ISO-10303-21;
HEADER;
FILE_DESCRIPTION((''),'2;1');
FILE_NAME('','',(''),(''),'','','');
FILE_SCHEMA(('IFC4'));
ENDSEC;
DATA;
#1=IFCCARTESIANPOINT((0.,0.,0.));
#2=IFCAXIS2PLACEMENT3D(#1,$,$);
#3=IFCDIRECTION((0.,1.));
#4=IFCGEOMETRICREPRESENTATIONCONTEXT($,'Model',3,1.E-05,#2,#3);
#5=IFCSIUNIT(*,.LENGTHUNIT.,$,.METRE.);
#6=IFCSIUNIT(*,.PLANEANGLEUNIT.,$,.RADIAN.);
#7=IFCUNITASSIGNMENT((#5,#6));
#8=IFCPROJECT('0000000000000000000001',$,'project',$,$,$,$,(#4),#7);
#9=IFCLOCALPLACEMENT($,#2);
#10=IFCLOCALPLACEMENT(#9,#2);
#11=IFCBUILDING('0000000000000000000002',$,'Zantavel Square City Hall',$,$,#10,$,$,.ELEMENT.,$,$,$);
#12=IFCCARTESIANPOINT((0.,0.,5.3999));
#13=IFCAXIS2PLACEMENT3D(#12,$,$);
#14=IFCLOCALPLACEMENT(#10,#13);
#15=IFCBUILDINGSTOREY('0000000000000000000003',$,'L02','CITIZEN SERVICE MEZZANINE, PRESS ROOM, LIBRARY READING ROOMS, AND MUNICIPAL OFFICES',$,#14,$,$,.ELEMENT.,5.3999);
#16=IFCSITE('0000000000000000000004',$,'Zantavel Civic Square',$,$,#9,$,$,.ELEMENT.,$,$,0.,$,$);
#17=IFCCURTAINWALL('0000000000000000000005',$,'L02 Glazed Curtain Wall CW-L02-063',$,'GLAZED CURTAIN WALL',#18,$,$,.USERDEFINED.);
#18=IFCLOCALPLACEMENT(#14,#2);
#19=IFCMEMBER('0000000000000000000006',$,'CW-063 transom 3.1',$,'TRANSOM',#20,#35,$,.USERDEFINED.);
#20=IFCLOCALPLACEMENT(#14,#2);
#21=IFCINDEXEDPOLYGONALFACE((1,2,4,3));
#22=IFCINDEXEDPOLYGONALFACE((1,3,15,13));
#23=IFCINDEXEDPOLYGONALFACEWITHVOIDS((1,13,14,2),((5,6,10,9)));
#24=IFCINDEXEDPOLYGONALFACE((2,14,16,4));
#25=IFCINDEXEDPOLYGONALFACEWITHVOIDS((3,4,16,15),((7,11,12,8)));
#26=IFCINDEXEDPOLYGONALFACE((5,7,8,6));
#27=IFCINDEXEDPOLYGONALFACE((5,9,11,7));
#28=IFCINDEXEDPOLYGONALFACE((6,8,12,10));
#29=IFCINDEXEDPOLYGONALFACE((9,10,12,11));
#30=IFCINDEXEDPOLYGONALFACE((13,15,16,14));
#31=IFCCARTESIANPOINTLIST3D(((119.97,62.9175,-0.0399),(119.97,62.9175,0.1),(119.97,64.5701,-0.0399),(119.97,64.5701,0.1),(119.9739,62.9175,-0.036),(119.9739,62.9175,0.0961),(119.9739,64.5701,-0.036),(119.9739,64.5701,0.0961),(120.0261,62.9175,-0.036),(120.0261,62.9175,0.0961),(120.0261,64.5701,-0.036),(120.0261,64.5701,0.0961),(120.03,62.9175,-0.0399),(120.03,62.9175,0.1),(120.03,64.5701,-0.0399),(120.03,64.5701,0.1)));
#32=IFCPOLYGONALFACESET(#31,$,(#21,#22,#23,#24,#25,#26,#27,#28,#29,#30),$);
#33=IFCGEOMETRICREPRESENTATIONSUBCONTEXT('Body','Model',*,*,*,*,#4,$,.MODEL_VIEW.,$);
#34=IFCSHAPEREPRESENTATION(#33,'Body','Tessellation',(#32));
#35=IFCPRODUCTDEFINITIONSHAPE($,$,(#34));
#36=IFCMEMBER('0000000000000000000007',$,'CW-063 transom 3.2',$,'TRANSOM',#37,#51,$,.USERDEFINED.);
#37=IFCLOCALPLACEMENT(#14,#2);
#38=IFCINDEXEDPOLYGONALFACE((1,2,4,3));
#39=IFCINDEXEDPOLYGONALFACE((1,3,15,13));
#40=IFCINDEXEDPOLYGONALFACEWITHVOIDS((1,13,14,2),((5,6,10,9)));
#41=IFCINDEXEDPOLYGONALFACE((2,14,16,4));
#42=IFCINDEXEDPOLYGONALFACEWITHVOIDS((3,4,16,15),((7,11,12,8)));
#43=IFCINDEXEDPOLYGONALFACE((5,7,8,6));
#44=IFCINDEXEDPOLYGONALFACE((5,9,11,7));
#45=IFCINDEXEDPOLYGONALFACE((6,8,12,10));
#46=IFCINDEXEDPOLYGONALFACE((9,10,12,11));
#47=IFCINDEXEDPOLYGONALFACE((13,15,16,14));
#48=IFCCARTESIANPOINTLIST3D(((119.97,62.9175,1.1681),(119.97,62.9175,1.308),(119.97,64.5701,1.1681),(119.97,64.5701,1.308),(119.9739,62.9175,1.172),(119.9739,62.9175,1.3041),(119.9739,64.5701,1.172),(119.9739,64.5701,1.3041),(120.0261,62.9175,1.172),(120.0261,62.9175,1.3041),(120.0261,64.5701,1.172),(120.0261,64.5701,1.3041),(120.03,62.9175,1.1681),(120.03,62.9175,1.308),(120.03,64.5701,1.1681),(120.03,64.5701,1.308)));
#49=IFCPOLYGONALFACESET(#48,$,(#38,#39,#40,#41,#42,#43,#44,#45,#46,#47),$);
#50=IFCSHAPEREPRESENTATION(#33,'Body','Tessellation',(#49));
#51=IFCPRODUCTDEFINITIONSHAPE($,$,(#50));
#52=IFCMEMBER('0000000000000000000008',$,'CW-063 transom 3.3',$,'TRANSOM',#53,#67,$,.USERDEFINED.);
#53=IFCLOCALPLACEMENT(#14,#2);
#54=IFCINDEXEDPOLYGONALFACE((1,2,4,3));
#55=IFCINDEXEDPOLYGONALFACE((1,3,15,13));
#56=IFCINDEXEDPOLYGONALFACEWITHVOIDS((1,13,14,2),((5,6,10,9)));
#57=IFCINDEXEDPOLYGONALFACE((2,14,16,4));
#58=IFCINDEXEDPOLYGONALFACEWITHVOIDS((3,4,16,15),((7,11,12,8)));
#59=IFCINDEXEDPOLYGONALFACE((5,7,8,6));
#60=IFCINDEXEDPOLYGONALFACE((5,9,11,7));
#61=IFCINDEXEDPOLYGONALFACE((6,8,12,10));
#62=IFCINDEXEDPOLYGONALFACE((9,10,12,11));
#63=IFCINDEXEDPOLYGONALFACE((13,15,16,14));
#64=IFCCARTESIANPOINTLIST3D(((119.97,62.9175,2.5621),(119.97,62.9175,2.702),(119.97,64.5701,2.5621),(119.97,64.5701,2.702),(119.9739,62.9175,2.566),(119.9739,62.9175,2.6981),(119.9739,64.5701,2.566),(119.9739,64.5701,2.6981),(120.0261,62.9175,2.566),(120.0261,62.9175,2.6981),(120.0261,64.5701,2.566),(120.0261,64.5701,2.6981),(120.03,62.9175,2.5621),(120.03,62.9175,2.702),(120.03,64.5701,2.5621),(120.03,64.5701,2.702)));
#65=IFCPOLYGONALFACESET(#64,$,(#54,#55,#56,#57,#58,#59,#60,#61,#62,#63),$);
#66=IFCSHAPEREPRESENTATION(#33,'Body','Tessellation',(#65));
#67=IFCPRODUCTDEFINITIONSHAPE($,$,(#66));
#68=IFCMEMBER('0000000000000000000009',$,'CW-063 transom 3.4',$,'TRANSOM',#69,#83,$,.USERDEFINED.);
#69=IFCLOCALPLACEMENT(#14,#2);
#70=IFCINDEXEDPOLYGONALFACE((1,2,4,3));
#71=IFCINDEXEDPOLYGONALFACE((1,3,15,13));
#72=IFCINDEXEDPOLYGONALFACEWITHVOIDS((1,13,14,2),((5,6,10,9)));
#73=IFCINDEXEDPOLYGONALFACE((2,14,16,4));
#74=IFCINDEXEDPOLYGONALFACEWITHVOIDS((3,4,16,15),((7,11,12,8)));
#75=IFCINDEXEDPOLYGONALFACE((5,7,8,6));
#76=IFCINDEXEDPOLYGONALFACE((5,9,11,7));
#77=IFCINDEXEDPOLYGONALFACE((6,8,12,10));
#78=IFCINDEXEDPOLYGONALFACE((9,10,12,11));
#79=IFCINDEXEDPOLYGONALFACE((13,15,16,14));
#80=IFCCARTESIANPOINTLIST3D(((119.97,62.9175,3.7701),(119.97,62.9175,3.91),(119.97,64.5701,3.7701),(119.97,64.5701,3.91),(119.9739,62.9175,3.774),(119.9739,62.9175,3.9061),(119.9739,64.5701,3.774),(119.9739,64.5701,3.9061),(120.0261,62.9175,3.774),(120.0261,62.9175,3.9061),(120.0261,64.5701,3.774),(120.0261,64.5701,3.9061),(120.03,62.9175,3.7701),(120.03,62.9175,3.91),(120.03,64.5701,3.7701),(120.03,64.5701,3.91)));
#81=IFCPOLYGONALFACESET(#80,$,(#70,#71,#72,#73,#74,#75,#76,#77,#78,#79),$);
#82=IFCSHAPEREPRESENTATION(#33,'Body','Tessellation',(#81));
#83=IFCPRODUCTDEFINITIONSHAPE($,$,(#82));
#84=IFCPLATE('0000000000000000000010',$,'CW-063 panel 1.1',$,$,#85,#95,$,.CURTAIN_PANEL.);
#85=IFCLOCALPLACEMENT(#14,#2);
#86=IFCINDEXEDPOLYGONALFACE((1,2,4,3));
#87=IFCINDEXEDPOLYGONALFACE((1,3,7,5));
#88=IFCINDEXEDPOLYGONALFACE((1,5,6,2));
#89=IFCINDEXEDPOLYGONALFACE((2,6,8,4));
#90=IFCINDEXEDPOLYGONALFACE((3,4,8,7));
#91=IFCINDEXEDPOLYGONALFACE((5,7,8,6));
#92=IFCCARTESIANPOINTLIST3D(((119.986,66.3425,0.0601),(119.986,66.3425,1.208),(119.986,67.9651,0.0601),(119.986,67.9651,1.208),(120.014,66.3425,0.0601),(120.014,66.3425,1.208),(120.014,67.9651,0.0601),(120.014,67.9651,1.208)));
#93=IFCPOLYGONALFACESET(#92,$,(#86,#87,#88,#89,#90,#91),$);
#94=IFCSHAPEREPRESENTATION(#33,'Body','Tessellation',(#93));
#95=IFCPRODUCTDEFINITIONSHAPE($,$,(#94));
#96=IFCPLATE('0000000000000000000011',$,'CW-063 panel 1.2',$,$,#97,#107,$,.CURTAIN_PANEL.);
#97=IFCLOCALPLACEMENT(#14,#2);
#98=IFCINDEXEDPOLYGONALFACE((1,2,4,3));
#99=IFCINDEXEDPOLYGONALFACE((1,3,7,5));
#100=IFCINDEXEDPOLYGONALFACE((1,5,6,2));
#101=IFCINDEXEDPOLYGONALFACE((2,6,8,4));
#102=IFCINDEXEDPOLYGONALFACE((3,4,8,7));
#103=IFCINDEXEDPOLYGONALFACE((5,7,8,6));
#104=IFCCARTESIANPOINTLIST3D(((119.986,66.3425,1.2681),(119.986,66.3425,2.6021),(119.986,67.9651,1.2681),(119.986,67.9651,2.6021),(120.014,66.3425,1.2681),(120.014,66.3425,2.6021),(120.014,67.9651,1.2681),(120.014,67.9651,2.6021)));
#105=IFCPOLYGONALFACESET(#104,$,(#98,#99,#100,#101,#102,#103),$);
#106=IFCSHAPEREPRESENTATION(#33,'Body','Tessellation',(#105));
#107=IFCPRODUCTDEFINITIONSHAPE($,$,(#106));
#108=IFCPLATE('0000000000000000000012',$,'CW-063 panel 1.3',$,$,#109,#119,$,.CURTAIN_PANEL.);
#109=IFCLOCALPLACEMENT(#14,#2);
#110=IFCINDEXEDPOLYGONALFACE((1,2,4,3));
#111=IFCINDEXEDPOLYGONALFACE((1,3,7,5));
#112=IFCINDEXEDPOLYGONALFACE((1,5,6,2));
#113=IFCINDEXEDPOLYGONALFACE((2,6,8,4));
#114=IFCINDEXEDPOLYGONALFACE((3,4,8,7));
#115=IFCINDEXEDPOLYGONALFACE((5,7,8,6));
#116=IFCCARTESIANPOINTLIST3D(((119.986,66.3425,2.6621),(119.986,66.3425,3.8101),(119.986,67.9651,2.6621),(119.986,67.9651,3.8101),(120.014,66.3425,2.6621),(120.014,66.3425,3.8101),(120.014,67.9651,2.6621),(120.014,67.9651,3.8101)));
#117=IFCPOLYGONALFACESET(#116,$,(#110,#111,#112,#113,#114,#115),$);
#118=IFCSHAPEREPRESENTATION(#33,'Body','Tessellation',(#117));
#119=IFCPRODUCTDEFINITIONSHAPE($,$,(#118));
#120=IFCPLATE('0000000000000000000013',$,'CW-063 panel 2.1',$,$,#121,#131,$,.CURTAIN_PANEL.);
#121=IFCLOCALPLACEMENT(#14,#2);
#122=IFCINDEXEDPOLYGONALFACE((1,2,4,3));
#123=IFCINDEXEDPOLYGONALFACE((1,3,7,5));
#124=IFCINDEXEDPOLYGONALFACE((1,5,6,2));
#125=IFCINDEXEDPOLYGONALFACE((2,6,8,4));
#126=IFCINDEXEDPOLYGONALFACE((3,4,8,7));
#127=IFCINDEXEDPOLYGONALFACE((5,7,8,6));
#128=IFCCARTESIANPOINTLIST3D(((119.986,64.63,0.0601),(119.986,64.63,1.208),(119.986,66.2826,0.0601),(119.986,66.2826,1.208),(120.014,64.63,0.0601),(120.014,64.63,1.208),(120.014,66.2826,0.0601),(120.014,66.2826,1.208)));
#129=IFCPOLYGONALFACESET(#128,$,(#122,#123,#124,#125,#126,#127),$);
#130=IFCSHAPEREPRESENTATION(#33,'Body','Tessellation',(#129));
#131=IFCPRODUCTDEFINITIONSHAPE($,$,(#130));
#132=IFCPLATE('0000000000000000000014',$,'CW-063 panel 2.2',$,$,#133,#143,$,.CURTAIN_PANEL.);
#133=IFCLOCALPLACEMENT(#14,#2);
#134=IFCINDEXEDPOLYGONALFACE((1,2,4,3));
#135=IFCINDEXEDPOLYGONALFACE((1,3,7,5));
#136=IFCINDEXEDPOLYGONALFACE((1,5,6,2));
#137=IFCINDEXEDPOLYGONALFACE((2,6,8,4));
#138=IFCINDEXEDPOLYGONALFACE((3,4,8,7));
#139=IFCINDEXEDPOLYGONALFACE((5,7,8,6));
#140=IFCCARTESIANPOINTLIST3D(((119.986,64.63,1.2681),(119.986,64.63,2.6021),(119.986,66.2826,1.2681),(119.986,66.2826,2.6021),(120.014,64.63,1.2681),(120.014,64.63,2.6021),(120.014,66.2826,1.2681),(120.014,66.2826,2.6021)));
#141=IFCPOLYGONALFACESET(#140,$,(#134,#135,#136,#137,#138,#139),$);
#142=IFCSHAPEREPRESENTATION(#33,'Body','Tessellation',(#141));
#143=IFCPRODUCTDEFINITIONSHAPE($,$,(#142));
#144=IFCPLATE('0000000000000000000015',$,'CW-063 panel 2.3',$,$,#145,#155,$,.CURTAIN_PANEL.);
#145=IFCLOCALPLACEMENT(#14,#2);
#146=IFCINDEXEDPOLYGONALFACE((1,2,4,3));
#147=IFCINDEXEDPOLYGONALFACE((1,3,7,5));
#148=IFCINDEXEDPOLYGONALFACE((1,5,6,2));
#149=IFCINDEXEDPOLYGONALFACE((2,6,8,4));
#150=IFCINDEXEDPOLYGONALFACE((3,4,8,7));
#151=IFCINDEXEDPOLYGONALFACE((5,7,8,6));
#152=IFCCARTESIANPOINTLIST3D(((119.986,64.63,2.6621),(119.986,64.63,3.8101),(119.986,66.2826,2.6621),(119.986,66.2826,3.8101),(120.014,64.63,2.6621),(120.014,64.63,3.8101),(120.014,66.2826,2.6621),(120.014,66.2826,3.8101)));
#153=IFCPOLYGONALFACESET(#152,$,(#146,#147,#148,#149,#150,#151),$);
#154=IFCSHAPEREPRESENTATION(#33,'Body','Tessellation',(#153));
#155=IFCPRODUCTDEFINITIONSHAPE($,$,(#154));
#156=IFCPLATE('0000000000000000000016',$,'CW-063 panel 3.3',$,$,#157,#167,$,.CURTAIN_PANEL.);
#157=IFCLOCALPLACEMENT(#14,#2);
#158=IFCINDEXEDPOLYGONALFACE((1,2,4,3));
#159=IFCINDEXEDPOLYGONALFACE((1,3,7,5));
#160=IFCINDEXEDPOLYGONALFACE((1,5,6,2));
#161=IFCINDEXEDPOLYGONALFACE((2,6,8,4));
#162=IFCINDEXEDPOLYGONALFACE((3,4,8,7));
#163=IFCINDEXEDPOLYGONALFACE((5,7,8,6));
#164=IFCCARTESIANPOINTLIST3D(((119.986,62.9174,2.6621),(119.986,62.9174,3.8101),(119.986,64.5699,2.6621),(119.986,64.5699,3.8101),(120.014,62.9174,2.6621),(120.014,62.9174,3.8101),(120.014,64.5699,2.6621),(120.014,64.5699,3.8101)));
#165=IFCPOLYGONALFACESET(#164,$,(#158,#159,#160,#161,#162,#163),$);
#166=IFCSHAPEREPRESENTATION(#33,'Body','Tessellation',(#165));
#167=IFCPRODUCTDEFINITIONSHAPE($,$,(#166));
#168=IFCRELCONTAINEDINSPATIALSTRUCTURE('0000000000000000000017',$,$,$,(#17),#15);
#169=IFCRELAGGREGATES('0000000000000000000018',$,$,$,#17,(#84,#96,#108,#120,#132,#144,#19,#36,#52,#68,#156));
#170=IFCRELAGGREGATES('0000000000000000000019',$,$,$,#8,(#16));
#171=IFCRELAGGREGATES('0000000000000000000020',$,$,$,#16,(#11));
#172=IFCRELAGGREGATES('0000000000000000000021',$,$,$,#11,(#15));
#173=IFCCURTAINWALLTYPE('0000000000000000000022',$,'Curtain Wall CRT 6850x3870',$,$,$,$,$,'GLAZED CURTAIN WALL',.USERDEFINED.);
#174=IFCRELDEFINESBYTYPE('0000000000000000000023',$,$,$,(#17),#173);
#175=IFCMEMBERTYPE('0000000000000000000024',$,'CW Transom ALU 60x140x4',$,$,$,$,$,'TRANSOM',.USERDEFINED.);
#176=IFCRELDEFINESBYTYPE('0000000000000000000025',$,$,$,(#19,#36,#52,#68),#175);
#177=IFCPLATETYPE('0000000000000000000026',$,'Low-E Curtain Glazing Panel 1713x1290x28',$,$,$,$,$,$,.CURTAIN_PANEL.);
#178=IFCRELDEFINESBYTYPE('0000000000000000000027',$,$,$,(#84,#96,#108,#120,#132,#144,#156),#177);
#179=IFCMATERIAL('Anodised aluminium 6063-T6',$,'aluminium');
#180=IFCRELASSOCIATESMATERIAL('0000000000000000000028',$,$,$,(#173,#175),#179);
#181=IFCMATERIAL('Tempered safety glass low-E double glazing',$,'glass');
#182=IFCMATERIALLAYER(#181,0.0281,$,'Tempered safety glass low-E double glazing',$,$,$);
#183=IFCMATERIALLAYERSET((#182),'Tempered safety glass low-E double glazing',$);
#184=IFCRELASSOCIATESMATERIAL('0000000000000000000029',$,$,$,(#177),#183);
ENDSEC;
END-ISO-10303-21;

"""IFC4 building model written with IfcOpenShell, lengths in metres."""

from ifc_helpers import new_model, si_unit, direction, frame, origin, origin_2d, place, context, subcontext, project, spatial, rectangle, hollow_rectangle, extrude, material, layer, layer_set, material_profile, profile_set, type_object, element, aggregate, save


model = new_model("IFC4")

# Units and contexts
model_context = context("Model", 3, precision=1e-05, world=origin(), true_north=direction((0.0, 1.0)))
body_context = subcontext(model_context, "Body", "Model", "MODEL_VIEW")
ifc_project = project(units=[si_unit("LENGTHUNIT", "METRE"), si_unit("PLANEANGLEUNIT", "RADIAN")], contexts=[model_context])

# Site, building, storey
site_placement = place(None, origin())
site = spatial("IfcSite", under=ifc_project, at=site_placement, Name="Zantavel Civic Square", CompositionType="ELEMENT", RefElevation=0.0)
building_placement = place(site_placement, origin())
building = spatial("IfcBuilding", under=site, at=building_placement, Name="Zantavel Square City Hall", CompositionType="ELEMENT")
storey_placement = place(building_placement, frame((0.0, 0.0, 5.3999)))
storey = spatial("IfcBuildingStorey", under=building, at=storey_placement, Name="L02", Description="CITIZEN SERVICE MEZZANINE, PRESS ROOM, LIBRARY READING ROOMS, AND MUNICIPAL OFFICES", CompositionType="ELEMENT", Elevation=5.3999)

# Curtain wall, members, plates
ifc_material_1 = material(Name="Anodised aluminium 6063-T6", Category="aluminium")
curtain_wall_type = type_object("IfcCurtainWallType", Name="Curtain Wall CRT 6850x3870", ElementType="GLAZED CURTAIN WALL", PredefinedType="USERDEFINED", material=ifc_material_1)
curtain_wall_placement = place(storey_placement, origin())
curtain_wall = element("IfcCurtainWall", 1, at=curtain_wall_placement, inside=storey, type_object=curtain_wall_type, Name="L02 Glazed Curtain Wall CW-L02-063", ObjectType="GLAZED CURTAIN WALL", PredefinedType="USERDEFINED")
ifc_material_profile_1 = material_profile(ifc_material_1, hollow_rectangle(XDim=0.0601, YDim=0.1399, WallThickness=0.0039, at=origin_2d()), Name="ALU 60x140x4")
ifc_profile_set_1 = profile_set([ifc_material_profile_1], Name="Anodised aluminium 6063-T6")
member_type_1 = type_object("IfcMemberType", Name="CW Transom ALU 60x140x4", ElementType="TRANSOM", PredefinedType="USERDEFINED", material=ifc_profile_set_1)
member_1_placement = place(storey_placement, frame((120.0, 64.5701, 0.03), z_axis=(0.0, -1.0, 0.0), x_axis=(1.0, 0.0, 0.0)))
member_1 = element("IfcMember", 2, at=member_1_placement, type_object=member_type_1, Name="CW-063 transom 3.1", ObjectType="TRANSOM", PredefinedType="USERDEFINED", context=body_context, shape_type="SweptSolid", body=[
    extrude(hollow_rectangle(XDim=0.0601, YDim=0.1399, WallThickness=0.0039, at=origin_2d()), origin(), (0.0, 0.0, 1.0), 1.6526),
])
member_2_placement = place(storey_placement, frame((120.0, 64.5701, 1.238), z_axis=(0.0, -1.0, 0.0), x_axis=(1.0, 0.0, 0.0)))
member_2 = element("IfcMember", 3, at=member_2_placement, type_object=member_type_1, Name="CW-063 transom 3.2", ObjectType="TRANSOM", PredefinedType="USERDEFINED", context=body_context, shape_type="SweptSolid", body=[
    extrude(hollow_rectangle(XDim=0.0601, YDim=0.1399, WallThickness=0.0039, at=origin_2d()), origin(), (0.0, 0.0, 1.0), 1.6526),
])
member_3_placement = place(storey_placement, frame((120.0, 64.5701, 2.6321), z_axis=(0.0, -1.0, 0.0), x_axis=(1.0, 0.0, 0.0)))
member_3 = element("IfcMember", 4, at=member_3_placement, type_object=member_type_1, Name="CW-063 transom 3.3", ObjectType="TRANSOM", PredefinedType="USERDEFINED", context=body_context, shape_type="SweptSolid", body=[
    extrude(hollow_rectangle(XDim=0.0601, YDim=0.1399, WallThickness=0.0039, at=origin_2d()), origin(), (0.0, 0.0, 1.0), 1.6526),
])
member_4_placement = place(storey_placement, frame((120.0, 64.5701, 3.8401), z_axis=(0.0, -1.0, 0.0), x_axis=(1.0, 0.0, 0.0)))
member_4 = element("IfcMember", 5, at=member_4_placement, type_object=member_type_1, Name="CW-063 transom 3.4", ObjectType="TRANSOM", PredefinedType="USERDEFINED", context=body_context, shape_type="SweptSolid", body=[
    extrude(hollow_rectangle(XDim=0.0601, YDim=0.1399, WallThickness=0.0039, at=origin_2d()), origin(), (0.0, 0.0, 1.0), 1.6526),
])
ifc_material_2 = material(Name="Tempered safety glass low-E double glazing", Category="glass")
ifc_layer = layer(ifc_material_2, 0.0281, Name="Tempered safety glass low-E double glazing")
ifc_layer_set = layer_set([ifc_layer], Name="Tempered safety glass low-E double glazing")
plate_type = type_object("IfcPlateType", Name="Low-E Curtain Glazing Panel 1713x1290x28", PredefinedType="CURTAIN_PANEL", material=ifc_layer_set)
plate_1_placement = place(storey_placement, frame((120.0, 67.1538, 0.0601), z_axis=(0.0, 0.0, 1.0), x_axis=(0.0, -1.0, 0.0)))
plate_1 = element("IfcPlate", 6, at=plate_1_placement, type_object=plate_type, Name="CW-063 panel 1.1", PredefinedType="CURTAIN_PANEL", context=body_context, shape_type="SweptSolid", body=[
    extrude(rectangle(XDim=1.6226, YDim=0.0281, at=origin_2d()), origin(), (0.0, 0.0, 1.0), 1.1479),
])
plate_2_placement = place(storey_placement, frame((120.0, 67.1538, 1.2681), z_axis=(0.0, 0.0, 1.0), x_axis=(0.0, -1.0, 0.0)))
plate_2 = element("IfcPlate", 7, at=plate_2_placement, type_object=plate_type, Name="CW-063 panel 1.2", PredefinedType="CURTAIN_PANEL", context=body_context, shape_type="SweptSolid", body=[
    extrude(rectangle(XDim=1.6226, YDim=0.0281, at=origin_2d()), origin(), (0.0, 0.0, 1.0), 1.334),
])
plate_3_placement = place(storey_placement, frame((120.0, 67.1538, 2.6621), z_axis=(0.0, 0.0, 1.0), x_axis=(0.0, -1.0, 0.0)))
plate_3 = element("IfcPlate", 8, at=plate_3_placement, type_object=plate_type, Name="CW-063 panel 1.3", PredefinedType="CURTAIN_PANEL", context=body_context, shape_type="SweptSolid", body=[
    extrude(rectangle(XDim=1.6226, YDim=0.0281, at=origin_2d()), origin(), (0.0, 0.0, 1.0), 1.1479),
])
plate_4_placement = place(storey_placement, frame((120.0, 65.4563, 0.0601), z_axis=(0.0, 0.0, 1.0), x_axis=(0.0, -1.0, 0.0)))
plate_4 = element("IfcPlate", 9, at=plate_4_placement, type_object=plate_type, Name="CW-063 panel 2.1", PredefinedType="CURTAIN_PANEL", context=body_context, shape_type="SweptSolid", body=[
    extrude(rectangle(XDim=1.6526, YDim=0.0281, at=origin_2d()), origin(), (0.0, 0.0, 1.0), 1.1479),
])
plate_5_placement = place(storey_placement, frame((120.0, 65.4563, 1.2681), z_axis=(0.0, 0.0, 1.0), x_axis=(0.0, -1.0, 0.0)))
plate_5 = element("IfcPlate", 10, at=plate_5_placement, type_object=plate_type, Name="CW-063 panel 2.2", PredefinedType="CURTAIN_PANEL", context=body_context, shape_type="SweptSolid", body=[
    extrude(rectangle(XDim=1.6526, YDim=0.0281, at=origin_2d()), origin(), (0.0, 0.0, 1.0), 1.334),
])
plate_6_placement = place(storey_placement, frame((120.0, 65.4563, 2.6621), z_axis=(0.0, 0.0, 1.0), x_axis=(0.0, -1.0, 0.0)))
plate_6 = element("IfcPlate", 11, at=plate_6_placement, type_object=plate_type, Name="CW-063 panel 2.3", PredefinedType="CURTAIN_PANEL", context=body_context, shape_type="SweptSolid", body=[
    extrude(rectangle(XDim=1.6526, YDim=0.0281, at=origin_2d()), origin(), (0.0, 0.0, 1.0), 1.1479),
])
plate_7_placement = place(storey_placement, frame((120.0, 63.7437, 2.6621), z_axis=(0.0, 0.0, 1.0), x_axis=(0.0, -1.0, 0.0)))
plate_7 = element("IfcPlate", 12, at=plate_7_placement, type_object=plate_type, Name="CW-063 panel 3.3", PredefinedType="CURTAIN_PANEL", context=body_context, shape_type="SweptSolid", body=[
    extrude(rectangle(XDim=1.6526, YDim=0.0281, at=origin_2d()), origin(), (0.0, 0.0, 1.0), 1.1479),
])
aggregate(curtain_wall, [plate_1, plate_2, plate_3, plate_4, plate_5, plate_6, member_1, member_2, member_3, member_4, plate_7])

save(model, "model.ifc")
